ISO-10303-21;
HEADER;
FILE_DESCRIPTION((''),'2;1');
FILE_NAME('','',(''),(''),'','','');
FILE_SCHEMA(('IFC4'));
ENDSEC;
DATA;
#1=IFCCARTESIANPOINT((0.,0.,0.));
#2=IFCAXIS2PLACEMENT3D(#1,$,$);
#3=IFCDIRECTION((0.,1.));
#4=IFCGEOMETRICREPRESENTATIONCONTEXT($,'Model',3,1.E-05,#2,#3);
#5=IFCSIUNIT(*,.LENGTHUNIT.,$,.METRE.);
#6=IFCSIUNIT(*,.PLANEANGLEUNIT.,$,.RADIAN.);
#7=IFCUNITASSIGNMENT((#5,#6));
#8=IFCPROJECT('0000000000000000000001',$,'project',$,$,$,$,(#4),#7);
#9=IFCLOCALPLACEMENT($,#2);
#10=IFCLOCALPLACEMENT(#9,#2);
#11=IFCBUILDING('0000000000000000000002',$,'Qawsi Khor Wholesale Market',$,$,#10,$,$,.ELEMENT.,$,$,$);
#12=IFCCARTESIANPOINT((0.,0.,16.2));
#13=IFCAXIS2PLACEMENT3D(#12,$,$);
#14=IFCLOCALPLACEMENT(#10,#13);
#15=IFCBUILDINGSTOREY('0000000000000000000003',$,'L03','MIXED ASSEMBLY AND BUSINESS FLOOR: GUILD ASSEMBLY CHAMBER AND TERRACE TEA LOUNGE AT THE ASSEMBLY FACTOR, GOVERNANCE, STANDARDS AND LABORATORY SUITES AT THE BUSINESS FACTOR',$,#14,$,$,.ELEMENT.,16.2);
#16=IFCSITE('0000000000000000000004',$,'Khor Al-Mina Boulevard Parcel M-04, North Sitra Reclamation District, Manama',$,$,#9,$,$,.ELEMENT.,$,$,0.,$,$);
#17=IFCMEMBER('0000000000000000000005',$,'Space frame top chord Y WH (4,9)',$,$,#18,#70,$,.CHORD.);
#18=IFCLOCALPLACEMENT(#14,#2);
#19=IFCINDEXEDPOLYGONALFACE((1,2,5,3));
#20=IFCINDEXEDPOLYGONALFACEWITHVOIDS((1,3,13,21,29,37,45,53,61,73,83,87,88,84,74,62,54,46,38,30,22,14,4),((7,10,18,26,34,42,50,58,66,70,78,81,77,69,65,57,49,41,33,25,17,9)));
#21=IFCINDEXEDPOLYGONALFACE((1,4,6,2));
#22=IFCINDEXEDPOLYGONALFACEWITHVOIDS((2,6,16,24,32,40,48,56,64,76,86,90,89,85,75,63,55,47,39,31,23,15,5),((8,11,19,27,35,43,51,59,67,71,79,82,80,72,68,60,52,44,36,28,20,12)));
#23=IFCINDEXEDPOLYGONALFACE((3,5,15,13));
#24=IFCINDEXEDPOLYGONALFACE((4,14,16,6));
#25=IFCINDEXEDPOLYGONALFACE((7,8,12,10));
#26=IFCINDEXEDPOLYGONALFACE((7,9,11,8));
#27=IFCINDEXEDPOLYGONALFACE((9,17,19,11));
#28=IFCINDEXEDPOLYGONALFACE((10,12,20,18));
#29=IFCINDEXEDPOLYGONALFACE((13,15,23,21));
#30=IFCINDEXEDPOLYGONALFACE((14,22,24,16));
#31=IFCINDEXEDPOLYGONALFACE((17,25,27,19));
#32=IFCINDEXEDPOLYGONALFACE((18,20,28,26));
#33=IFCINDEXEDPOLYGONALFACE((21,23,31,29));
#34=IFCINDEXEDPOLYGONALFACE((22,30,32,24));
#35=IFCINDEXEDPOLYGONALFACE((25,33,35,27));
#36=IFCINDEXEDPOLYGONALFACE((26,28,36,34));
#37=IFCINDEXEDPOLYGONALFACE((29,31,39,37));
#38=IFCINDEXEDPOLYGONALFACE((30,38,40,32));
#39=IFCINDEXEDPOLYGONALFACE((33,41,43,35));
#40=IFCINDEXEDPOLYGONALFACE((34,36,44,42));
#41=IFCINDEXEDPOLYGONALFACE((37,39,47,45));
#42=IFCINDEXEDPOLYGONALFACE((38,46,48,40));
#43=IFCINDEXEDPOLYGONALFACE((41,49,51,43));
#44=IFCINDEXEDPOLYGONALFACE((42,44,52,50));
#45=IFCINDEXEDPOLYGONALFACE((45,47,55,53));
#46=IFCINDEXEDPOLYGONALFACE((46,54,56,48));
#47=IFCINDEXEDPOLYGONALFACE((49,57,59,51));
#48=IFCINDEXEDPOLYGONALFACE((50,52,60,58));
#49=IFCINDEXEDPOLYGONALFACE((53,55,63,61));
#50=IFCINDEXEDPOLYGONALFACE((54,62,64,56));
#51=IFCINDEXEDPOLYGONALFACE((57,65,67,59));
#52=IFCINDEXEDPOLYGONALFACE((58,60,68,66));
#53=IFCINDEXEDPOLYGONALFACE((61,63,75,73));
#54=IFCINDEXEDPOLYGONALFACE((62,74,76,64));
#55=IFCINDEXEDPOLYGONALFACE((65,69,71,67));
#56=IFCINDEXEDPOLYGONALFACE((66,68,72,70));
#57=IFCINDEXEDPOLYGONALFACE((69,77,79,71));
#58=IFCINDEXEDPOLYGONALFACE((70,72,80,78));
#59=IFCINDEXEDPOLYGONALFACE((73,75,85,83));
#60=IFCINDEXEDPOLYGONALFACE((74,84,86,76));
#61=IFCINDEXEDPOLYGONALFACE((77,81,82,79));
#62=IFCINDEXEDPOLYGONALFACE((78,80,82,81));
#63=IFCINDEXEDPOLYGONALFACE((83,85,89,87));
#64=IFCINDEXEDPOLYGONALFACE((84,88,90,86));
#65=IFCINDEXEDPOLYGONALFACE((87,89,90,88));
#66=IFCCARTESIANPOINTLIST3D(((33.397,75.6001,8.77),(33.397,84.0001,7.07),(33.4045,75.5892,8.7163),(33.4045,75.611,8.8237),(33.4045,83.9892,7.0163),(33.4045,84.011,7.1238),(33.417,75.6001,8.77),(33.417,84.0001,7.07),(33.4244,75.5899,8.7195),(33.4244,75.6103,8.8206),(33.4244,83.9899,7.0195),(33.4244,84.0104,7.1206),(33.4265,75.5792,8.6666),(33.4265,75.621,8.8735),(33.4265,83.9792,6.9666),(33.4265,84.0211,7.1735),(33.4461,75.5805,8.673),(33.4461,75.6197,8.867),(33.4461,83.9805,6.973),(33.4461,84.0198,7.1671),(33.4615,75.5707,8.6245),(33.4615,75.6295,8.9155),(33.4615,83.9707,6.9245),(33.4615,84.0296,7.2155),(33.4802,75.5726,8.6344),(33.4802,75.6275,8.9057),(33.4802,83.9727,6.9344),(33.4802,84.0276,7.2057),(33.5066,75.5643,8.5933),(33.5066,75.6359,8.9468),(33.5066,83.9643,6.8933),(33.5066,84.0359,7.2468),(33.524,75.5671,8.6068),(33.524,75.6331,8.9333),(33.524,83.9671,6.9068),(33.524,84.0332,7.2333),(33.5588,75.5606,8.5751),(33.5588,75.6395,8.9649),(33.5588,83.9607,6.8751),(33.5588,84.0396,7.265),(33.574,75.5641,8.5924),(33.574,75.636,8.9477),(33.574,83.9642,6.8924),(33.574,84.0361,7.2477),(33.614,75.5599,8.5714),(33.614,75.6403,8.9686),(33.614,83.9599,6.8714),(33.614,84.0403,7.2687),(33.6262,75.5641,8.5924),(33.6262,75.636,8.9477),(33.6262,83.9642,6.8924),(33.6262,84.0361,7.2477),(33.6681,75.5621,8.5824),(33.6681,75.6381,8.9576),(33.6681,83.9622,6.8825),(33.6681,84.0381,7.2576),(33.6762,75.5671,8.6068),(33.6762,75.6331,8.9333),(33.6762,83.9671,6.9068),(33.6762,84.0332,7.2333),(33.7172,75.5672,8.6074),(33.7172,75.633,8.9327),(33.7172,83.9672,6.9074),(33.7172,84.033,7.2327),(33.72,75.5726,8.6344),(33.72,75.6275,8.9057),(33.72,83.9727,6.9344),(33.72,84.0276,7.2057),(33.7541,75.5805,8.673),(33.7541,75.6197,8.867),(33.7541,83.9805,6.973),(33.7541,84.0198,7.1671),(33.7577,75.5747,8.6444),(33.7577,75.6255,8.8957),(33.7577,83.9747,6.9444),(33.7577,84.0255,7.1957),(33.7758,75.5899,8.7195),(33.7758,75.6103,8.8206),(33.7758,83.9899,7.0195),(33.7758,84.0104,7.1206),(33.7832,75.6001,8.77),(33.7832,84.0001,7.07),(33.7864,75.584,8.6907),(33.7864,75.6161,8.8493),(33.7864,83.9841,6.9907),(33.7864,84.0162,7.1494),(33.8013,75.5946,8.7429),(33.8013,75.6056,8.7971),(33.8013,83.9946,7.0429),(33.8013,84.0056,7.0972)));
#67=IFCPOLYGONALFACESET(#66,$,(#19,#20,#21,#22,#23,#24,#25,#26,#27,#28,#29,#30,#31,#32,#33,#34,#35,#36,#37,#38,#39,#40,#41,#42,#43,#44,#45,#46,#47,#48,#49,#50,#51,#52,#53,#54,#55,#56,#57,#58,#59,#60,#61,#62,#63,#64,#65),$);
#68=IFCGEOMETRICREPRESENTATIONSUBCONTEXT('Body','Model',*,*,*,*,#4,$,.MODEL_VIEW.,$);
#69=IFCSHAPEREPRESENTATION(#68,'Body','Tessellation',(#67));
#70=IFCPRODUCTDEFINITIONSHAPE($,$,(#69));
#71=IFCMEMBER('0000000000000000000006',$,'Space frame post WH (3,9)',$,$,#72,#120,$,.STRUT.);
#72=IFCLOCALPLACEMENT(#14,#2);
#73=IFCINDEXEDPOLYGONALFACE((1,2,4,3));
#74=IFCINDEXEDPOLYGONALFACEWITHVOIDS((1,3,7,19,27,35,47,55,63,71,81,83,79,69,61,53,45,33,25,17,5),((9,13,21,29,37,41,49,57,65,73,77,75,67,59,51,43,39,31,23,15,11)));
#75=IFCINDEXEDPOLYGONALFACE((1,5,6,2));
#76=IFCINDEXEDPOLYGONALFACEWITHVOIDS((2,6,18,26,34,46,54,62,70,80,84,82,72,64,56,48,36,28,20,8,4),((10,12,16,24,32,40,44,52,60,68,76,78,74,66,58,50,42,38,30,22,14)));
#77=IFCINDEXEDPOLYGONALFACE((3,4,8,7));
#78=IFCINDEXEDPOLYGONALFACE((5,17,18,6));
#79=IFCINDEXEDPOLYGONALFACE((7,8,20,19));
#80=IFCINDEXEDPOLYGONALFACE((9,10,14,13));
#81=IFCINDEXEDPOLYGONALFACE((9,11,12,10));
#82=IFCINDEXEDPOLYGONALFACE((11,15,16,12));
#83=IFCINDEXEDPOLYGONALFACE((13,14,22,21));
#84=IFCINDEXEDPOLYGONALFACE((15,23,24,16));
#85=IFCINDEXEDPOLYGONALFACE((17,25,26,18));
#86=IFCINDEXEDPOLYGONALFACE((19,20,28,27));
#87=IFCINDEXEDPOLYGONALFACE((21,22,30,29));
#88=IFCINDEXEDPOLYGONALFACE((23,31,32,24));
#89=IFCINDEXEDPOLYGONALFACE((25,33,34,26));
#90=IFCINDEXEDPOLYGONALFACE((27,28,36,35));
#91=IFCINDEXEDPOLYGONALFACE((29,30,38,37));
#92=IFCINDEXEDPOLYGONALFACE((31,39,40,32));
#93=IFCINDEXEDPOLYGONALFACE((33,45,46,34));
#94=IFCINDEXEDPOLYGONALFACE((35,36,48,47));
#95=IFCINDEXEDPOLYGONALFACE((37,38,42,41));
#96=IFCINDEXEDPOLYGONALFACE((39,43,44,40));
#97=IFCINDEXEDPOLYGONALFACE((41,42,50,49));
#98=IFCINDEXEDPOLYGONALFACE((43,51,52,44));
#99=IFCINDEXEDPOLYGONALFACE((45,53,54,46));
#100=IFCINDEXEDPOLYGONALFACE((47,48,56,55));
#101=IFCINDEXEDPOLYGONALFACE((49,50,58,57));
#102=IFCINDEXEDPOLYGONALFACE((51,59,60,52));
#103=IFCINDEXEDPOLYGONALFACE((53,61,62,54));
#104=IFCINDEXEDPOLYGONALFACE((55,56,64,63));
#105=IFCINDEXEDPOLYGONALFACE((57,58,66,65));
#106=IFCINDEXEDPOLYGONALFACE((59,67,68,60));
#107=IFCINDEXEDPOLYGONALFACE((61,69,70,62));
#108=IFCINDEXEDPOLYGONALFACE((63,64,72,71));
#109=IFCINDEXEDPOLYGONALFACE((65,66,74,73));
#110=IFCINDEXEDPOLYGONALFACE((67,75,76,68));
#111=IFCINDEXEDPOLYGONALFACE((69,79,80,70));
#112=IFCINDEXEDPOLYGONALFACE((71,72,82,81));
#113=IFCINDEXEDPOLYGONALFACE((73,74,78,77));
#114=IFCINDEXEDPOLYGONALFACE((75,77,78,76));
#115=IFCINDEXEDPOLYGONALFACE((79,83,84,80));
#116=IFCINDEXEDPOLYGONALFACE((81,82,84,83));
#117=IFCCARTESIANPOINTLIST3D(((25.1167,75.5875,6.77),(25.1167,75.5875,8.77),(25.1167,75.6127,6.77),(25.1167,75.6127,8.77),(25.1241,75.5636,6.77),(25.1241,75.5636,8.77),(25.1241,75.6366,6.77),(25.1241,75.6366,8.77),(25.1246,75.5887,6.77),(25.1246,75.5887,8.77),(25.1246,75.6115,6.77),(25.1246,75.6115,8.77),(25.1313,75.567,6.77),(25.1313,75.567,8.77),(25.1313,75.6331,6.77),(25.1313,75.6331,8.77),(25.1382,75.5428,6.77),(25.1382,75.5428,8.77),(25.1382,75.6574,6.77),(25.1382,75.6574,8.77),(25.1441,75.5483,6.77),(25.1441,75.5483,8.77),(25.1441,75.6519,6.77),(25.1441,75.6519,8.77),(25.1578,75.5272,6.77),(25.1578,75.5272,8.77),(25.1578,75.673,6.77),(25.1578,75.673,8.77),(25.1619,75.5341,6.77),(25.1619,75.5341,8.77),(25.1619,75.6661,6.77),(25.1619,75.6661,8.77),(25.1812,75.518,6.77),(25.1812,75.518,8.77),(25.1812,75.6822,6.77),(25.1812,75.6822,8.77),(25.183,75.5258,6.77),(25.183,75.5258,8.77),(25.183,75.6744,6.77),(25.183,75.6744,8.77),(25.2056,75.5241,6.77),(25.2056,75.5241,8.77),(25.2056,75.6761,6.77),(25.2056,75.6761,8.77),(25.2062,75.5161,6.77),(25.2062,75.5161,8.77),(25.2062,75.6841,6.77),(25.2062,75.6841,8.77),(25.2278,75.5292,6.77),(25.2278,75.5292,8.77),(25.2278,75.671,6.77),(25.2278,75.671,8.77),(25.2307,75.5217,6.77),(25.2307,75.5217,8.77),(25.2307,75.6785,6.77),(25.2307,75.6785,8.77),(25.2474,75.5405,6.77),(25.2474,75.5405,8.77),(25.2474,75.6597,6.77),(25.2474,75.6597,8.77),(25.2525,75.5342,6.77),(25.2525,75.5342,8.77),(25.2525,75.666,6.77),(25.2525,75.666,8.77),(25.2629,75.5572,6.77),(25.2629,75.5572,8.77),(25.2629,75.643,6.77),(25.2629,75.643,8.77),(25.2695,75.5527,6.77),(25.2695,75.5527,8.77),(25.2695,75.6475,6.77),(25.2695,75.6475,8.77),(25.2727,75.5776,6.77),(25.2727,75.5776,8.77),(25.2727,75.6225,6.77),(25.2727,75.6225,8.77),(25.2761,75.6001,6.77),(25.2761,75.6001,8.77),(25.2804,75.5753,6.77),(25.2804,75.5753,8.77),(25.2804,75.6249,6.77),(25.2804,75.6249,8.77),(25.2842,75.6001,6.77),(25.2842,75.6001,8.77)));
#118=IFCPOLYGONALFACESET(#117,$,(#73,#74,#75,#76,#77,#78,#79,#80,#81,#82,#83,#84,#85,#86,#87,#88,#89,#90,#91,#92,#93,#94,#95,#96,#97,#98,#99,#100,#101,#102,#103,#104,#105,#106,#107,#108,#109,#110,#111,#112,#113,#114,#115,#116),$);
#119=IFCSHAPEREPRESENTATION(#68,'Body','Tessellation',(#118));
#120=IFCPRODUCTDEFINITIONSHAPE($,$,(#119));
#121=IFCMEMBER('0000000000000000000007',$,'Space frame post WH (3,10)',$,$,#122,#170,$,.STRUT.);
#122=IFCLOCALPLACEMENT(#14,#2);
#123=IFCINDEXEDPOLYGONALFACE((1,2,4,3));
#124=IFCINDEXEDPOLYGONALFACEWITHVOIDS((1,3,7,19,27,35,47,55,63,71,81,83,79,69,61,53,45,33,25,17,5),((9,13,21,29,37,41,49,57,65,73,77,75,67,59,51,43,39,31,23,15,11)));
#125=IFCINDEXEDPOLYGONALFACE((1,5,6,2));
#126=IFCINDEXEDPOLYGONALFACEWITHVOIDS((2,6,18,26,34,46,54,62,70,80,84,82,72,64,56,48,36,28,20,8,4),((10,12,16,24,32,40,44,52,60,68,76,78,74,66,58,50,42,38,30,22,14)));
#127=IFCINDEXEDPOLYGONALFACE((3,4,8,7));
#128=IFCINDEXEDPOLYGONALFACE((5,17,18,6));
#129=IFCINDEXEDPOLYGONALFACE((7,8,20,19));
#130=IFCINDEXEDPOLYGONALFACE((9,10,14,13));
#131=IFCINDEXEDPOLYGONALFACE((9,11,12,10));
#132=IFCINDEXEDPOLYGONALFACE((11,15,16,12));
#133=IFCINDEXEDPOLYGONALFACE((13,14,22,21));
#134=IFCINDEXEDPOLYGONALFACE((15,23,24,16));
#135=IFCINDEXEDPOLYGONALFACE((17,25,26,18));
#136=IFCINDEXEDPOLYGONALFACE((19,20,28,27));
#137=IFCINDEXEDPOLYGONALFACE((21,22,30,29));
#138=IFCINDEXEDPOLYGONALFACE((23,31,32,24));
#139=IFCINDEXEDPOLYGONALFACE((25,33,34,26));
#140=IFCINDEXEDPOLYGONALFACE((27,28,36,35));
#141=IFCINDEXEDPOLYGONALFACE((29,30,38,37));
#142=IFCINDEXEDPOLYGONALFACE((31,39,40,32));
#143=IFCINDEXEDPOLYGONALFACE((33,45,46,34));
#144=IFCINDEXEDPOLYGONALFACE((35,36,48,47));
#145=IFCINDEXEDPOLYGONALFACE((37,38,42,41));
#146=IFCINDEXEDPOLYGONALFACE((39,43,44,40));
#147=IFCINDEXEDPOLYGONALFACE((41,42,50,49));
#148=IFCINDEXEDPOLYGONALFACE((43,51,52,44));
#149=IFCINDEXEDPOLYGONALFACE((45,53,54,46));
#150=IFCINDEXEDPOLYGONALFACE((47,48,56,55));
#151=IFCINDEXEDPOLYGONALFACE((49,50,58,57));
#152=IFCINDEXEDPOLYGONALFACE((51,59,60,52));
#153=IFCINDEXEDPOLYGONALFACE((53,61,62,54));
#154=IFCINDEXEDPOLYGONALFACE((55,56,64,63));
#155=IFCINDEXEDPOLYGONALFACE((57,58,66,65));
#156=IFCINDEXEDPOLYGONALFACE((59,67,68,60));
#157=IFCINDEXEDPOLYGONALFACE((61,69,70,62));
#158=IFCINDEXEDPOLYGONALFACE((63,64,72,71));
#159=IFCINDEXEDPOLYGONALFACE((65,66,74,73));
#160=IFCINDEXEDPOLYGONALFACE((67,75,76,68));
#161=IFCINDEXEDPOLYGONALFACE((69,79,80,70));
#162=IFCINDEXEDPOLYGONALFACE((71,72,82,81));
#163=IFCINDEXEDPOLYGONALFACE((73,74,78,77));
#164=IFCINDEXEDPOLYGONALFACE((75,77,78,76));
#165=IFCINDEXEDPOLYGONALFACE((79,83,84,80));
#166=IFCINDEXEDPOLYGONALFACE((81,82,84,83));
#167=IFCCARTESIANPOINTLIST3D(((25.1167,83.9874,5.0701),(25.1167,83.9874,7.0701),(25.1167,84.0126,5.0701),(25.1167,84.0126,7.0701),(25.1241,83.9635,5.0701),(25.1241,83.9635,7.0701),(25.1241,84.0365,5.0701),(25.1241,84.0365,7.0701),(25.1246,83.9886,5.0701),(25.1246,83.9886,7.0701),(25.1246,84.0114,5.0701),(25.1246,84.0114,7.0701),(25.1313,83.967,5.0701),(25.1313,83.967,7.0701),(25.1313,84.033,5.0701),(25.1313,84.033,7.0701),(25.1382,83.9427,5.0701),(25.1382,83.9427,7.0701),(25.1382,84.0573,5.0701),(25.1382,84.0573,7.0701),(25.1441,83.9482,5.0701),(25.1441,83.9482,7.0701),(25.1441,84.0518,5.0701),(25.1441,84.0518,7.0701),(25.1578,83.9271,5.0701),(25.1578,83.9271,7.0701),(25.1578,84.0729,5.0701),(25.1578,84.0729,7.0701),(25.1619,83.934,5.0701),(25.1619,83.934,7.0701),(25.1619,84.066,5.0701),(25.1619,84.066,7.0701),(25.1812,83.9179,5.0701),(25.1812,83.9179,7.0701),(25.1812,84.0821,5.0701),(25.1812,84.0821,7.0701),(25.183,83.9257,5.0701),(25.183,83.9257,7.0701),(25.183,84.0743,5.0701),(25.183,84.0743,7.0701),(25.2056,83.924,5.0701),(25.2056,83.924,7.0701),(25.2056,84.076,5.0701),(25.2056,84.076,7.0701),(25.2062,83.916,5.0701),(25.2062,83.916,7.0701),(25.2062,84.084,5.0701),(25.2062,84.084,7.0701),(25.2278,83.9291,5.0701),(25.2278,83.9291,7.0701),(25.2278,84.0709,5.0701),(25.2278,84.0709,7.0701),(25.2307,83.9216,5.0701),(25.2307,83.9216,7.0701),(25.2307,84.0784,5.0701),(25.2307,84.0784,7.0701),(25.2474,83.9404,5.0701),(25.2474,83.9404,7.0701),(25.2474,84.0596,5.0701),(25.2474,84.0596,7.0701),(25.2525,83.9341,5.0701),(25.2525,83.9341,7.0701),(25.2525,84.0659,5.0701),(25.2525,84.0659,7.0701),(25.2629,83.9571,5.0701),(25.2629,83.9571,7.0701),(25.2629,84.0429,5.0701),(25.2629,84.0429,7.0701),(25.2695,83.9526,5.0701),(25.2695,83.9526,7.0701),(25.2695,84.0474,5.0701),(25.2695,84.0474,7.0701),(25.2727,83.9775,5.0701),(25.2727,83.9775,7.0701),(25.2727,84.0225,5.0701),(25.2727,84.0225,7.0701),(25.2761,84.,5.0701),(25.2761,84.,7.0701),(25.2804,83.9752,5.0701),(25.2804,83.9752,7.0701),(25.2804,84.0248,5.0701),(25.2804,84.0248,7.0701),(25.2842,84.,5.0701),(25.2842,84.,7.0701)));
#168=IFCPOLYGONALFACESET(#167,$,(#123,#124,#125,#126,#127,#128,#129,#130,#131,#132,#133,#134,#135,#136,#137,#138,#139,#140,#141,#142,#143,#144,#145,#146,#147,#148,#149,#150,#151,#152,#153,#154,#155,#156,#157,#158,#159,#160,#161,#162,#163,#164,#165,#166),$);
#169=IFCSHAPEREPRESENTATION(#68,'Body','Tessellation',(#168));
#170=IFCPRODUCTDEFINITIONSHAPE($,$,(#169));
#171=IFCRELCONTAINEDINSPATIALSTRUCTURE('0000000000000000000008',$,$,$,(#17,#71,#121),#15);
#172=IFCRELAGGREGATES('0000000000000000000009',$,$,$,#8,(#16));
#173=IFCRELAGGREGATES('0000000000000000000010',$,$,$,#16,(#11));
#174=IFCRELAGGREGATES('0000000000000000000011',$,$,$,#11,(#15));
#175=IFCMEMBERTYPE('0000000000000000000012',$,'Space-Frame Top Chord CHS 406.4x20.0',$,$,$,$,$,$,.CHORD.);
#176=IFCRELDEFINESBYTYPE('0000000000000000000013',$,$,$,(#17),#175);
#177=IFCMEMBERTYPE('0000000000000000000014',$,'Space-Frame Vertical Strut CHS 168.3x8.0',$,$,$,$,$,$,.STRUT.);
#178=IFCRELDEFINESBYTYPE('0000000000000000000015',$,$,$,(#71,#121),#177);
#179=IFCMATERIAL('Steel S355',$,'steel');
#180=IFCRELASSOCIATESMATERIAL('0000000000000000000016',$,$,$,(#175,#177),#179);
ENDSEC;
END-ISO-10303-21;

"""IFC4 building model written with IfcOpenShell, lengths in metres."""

from ifc_helpers import new_model, si_unit, direction, frame, origin, origin_2d, place, context, subcontext, project, spatial, hollow_circle, extrude, material, material_profile, profile_set, type_object, element, save


model = new_model("IFC4")

# Units and contexts
model_context = context("Model", 3, precision=1e-05, world=origin(), true_north=direction((0.0, 1.0)))
body_context = subcontext(model_context, "Body", "Model", "MODEL_VIEW")
ifc_project = project(units=[si_unit("LENGTHUNIT", "METRE"), si_unit("PLANEANGLEUNIT", "RADIAN")], contexts=[model_context])

# Site, building, storey
site_placement = place(None, origin())
site = spatial("IfcSite", under=ifc_project, at=site_placement, Name="Khor Al-Mina Boulevard Parcel M-04, North Sitra Reclamation District, Manama", CompositionType="ELEMENT", RefElevation=0.0)
building_placement = place(site_placement, origin())
building = spatial("IfcBuilding", under=site, at=building_placement, Name="Qawsi Khor Wholesale Market", CompositionType="ELEMENT")
storey_placement = place(building_placement, frame((0.0, 0.0, 16.2)))
storey = spatial("IfcBuildingStorey", under=building, at=storey_placement, Name="L03", Description="MIXED ASSEMBLY AND BUSINESS FLOOR: GUILD ASSEMBLY CHAMBER AND TERRACE TEA LOUNGE AT THE ASSEMBLY FACTOR, GOVERNANCE, STANDARDS AND LABORATORY SUITES AT THE BUSINESS FACTOR", CompositionType="ELEMENT", Elevation=16.2)

# Members
ifc_material_1 = material(Name="Steel S355", Category="steel")
ifc_material_profile_1 = material_profile(ifc_material_1, hollow_circle(Radius=0.2031, WallThickness=0.02, at=origin_2d()), Name="CHS 406.4x20.0")
ifc_profile_set_1 = profile_set([ifc_material_profile_1], Name="Steel S355")
member_type_1 = type_object("IfcMemberType", Name="Space-Frame Top Chord CHS 406.4x20.0", PredefinedType="CHORD", material=ifc_profile_set_1)
for number, where, z_axis, x_axis, name in (
    (1, (33.6001, 75.6001, 8.77), (0.0, 0.98013, -0.198356), (-1.0, 0.0, 0.0), "Space frame top chord Y WH (4,9)"),
):
    element("IfcMember", number, at=place(storey_placement, frame(where, z_axis=z_axis, x_axis=x_axis)), inside=storey, type_object=member_type_1, Name=name, PredefinedType="CHORD", context=body_context, shape_type="SweptSolid", body=[
        extrude(hollow_circle(Radius=0.2031, WallThickness=0.02, at=origin_2d()), origin(), (0.0, 0.0, 1.0), 8.5703),
    ])
ifc_material_profile_2 = material_profile(ifc_material_1, hollow_circle(Radius=0.0842, WallThickness=0.0081, at=origin_2d()), Name="CHS 168.3x8.0")
ifc_profile_set_2 = profile_set([ifc_material_profile_2], Name="Steel S355")
member_type_2 = type_object("IfcMemberType", Name="Space-Frame Vertical Strut CHS 168.3x8.0", PredefinedType="STRUT", material=ifc_profile_set_2)
for number, where, z_axis, x_axis, name in (
    (2, (25.2, 75.6001, 6.77), (0.0, 0.0, 1.0), (1.0, 0.0, 0.0), "Space frame post WH (3,9)"),
    (3, (25.2, 84.0, 5.0701), (0.0, 0.0, 1.0), (1.0, 0.0, 0.0), "Space frame post WH (3,10)"),
):
    element("IfcMember", number, at=place(storey_placement, frame(where, z_axis=z_axis, x_axis=x_axis)), inside=storey, type_object=member_type_2, Name=name, PredefinedType="STRUT", context=body_context, shape_type="SweptSolid", body=[
        extrude(hollow_circle(Radius=0.0842, WallThickness=0.0081, at=origin_2d()), origin(), (0.0, 0.0, 1.0), 2.0),
    ])

save(model, "model.ifc")
